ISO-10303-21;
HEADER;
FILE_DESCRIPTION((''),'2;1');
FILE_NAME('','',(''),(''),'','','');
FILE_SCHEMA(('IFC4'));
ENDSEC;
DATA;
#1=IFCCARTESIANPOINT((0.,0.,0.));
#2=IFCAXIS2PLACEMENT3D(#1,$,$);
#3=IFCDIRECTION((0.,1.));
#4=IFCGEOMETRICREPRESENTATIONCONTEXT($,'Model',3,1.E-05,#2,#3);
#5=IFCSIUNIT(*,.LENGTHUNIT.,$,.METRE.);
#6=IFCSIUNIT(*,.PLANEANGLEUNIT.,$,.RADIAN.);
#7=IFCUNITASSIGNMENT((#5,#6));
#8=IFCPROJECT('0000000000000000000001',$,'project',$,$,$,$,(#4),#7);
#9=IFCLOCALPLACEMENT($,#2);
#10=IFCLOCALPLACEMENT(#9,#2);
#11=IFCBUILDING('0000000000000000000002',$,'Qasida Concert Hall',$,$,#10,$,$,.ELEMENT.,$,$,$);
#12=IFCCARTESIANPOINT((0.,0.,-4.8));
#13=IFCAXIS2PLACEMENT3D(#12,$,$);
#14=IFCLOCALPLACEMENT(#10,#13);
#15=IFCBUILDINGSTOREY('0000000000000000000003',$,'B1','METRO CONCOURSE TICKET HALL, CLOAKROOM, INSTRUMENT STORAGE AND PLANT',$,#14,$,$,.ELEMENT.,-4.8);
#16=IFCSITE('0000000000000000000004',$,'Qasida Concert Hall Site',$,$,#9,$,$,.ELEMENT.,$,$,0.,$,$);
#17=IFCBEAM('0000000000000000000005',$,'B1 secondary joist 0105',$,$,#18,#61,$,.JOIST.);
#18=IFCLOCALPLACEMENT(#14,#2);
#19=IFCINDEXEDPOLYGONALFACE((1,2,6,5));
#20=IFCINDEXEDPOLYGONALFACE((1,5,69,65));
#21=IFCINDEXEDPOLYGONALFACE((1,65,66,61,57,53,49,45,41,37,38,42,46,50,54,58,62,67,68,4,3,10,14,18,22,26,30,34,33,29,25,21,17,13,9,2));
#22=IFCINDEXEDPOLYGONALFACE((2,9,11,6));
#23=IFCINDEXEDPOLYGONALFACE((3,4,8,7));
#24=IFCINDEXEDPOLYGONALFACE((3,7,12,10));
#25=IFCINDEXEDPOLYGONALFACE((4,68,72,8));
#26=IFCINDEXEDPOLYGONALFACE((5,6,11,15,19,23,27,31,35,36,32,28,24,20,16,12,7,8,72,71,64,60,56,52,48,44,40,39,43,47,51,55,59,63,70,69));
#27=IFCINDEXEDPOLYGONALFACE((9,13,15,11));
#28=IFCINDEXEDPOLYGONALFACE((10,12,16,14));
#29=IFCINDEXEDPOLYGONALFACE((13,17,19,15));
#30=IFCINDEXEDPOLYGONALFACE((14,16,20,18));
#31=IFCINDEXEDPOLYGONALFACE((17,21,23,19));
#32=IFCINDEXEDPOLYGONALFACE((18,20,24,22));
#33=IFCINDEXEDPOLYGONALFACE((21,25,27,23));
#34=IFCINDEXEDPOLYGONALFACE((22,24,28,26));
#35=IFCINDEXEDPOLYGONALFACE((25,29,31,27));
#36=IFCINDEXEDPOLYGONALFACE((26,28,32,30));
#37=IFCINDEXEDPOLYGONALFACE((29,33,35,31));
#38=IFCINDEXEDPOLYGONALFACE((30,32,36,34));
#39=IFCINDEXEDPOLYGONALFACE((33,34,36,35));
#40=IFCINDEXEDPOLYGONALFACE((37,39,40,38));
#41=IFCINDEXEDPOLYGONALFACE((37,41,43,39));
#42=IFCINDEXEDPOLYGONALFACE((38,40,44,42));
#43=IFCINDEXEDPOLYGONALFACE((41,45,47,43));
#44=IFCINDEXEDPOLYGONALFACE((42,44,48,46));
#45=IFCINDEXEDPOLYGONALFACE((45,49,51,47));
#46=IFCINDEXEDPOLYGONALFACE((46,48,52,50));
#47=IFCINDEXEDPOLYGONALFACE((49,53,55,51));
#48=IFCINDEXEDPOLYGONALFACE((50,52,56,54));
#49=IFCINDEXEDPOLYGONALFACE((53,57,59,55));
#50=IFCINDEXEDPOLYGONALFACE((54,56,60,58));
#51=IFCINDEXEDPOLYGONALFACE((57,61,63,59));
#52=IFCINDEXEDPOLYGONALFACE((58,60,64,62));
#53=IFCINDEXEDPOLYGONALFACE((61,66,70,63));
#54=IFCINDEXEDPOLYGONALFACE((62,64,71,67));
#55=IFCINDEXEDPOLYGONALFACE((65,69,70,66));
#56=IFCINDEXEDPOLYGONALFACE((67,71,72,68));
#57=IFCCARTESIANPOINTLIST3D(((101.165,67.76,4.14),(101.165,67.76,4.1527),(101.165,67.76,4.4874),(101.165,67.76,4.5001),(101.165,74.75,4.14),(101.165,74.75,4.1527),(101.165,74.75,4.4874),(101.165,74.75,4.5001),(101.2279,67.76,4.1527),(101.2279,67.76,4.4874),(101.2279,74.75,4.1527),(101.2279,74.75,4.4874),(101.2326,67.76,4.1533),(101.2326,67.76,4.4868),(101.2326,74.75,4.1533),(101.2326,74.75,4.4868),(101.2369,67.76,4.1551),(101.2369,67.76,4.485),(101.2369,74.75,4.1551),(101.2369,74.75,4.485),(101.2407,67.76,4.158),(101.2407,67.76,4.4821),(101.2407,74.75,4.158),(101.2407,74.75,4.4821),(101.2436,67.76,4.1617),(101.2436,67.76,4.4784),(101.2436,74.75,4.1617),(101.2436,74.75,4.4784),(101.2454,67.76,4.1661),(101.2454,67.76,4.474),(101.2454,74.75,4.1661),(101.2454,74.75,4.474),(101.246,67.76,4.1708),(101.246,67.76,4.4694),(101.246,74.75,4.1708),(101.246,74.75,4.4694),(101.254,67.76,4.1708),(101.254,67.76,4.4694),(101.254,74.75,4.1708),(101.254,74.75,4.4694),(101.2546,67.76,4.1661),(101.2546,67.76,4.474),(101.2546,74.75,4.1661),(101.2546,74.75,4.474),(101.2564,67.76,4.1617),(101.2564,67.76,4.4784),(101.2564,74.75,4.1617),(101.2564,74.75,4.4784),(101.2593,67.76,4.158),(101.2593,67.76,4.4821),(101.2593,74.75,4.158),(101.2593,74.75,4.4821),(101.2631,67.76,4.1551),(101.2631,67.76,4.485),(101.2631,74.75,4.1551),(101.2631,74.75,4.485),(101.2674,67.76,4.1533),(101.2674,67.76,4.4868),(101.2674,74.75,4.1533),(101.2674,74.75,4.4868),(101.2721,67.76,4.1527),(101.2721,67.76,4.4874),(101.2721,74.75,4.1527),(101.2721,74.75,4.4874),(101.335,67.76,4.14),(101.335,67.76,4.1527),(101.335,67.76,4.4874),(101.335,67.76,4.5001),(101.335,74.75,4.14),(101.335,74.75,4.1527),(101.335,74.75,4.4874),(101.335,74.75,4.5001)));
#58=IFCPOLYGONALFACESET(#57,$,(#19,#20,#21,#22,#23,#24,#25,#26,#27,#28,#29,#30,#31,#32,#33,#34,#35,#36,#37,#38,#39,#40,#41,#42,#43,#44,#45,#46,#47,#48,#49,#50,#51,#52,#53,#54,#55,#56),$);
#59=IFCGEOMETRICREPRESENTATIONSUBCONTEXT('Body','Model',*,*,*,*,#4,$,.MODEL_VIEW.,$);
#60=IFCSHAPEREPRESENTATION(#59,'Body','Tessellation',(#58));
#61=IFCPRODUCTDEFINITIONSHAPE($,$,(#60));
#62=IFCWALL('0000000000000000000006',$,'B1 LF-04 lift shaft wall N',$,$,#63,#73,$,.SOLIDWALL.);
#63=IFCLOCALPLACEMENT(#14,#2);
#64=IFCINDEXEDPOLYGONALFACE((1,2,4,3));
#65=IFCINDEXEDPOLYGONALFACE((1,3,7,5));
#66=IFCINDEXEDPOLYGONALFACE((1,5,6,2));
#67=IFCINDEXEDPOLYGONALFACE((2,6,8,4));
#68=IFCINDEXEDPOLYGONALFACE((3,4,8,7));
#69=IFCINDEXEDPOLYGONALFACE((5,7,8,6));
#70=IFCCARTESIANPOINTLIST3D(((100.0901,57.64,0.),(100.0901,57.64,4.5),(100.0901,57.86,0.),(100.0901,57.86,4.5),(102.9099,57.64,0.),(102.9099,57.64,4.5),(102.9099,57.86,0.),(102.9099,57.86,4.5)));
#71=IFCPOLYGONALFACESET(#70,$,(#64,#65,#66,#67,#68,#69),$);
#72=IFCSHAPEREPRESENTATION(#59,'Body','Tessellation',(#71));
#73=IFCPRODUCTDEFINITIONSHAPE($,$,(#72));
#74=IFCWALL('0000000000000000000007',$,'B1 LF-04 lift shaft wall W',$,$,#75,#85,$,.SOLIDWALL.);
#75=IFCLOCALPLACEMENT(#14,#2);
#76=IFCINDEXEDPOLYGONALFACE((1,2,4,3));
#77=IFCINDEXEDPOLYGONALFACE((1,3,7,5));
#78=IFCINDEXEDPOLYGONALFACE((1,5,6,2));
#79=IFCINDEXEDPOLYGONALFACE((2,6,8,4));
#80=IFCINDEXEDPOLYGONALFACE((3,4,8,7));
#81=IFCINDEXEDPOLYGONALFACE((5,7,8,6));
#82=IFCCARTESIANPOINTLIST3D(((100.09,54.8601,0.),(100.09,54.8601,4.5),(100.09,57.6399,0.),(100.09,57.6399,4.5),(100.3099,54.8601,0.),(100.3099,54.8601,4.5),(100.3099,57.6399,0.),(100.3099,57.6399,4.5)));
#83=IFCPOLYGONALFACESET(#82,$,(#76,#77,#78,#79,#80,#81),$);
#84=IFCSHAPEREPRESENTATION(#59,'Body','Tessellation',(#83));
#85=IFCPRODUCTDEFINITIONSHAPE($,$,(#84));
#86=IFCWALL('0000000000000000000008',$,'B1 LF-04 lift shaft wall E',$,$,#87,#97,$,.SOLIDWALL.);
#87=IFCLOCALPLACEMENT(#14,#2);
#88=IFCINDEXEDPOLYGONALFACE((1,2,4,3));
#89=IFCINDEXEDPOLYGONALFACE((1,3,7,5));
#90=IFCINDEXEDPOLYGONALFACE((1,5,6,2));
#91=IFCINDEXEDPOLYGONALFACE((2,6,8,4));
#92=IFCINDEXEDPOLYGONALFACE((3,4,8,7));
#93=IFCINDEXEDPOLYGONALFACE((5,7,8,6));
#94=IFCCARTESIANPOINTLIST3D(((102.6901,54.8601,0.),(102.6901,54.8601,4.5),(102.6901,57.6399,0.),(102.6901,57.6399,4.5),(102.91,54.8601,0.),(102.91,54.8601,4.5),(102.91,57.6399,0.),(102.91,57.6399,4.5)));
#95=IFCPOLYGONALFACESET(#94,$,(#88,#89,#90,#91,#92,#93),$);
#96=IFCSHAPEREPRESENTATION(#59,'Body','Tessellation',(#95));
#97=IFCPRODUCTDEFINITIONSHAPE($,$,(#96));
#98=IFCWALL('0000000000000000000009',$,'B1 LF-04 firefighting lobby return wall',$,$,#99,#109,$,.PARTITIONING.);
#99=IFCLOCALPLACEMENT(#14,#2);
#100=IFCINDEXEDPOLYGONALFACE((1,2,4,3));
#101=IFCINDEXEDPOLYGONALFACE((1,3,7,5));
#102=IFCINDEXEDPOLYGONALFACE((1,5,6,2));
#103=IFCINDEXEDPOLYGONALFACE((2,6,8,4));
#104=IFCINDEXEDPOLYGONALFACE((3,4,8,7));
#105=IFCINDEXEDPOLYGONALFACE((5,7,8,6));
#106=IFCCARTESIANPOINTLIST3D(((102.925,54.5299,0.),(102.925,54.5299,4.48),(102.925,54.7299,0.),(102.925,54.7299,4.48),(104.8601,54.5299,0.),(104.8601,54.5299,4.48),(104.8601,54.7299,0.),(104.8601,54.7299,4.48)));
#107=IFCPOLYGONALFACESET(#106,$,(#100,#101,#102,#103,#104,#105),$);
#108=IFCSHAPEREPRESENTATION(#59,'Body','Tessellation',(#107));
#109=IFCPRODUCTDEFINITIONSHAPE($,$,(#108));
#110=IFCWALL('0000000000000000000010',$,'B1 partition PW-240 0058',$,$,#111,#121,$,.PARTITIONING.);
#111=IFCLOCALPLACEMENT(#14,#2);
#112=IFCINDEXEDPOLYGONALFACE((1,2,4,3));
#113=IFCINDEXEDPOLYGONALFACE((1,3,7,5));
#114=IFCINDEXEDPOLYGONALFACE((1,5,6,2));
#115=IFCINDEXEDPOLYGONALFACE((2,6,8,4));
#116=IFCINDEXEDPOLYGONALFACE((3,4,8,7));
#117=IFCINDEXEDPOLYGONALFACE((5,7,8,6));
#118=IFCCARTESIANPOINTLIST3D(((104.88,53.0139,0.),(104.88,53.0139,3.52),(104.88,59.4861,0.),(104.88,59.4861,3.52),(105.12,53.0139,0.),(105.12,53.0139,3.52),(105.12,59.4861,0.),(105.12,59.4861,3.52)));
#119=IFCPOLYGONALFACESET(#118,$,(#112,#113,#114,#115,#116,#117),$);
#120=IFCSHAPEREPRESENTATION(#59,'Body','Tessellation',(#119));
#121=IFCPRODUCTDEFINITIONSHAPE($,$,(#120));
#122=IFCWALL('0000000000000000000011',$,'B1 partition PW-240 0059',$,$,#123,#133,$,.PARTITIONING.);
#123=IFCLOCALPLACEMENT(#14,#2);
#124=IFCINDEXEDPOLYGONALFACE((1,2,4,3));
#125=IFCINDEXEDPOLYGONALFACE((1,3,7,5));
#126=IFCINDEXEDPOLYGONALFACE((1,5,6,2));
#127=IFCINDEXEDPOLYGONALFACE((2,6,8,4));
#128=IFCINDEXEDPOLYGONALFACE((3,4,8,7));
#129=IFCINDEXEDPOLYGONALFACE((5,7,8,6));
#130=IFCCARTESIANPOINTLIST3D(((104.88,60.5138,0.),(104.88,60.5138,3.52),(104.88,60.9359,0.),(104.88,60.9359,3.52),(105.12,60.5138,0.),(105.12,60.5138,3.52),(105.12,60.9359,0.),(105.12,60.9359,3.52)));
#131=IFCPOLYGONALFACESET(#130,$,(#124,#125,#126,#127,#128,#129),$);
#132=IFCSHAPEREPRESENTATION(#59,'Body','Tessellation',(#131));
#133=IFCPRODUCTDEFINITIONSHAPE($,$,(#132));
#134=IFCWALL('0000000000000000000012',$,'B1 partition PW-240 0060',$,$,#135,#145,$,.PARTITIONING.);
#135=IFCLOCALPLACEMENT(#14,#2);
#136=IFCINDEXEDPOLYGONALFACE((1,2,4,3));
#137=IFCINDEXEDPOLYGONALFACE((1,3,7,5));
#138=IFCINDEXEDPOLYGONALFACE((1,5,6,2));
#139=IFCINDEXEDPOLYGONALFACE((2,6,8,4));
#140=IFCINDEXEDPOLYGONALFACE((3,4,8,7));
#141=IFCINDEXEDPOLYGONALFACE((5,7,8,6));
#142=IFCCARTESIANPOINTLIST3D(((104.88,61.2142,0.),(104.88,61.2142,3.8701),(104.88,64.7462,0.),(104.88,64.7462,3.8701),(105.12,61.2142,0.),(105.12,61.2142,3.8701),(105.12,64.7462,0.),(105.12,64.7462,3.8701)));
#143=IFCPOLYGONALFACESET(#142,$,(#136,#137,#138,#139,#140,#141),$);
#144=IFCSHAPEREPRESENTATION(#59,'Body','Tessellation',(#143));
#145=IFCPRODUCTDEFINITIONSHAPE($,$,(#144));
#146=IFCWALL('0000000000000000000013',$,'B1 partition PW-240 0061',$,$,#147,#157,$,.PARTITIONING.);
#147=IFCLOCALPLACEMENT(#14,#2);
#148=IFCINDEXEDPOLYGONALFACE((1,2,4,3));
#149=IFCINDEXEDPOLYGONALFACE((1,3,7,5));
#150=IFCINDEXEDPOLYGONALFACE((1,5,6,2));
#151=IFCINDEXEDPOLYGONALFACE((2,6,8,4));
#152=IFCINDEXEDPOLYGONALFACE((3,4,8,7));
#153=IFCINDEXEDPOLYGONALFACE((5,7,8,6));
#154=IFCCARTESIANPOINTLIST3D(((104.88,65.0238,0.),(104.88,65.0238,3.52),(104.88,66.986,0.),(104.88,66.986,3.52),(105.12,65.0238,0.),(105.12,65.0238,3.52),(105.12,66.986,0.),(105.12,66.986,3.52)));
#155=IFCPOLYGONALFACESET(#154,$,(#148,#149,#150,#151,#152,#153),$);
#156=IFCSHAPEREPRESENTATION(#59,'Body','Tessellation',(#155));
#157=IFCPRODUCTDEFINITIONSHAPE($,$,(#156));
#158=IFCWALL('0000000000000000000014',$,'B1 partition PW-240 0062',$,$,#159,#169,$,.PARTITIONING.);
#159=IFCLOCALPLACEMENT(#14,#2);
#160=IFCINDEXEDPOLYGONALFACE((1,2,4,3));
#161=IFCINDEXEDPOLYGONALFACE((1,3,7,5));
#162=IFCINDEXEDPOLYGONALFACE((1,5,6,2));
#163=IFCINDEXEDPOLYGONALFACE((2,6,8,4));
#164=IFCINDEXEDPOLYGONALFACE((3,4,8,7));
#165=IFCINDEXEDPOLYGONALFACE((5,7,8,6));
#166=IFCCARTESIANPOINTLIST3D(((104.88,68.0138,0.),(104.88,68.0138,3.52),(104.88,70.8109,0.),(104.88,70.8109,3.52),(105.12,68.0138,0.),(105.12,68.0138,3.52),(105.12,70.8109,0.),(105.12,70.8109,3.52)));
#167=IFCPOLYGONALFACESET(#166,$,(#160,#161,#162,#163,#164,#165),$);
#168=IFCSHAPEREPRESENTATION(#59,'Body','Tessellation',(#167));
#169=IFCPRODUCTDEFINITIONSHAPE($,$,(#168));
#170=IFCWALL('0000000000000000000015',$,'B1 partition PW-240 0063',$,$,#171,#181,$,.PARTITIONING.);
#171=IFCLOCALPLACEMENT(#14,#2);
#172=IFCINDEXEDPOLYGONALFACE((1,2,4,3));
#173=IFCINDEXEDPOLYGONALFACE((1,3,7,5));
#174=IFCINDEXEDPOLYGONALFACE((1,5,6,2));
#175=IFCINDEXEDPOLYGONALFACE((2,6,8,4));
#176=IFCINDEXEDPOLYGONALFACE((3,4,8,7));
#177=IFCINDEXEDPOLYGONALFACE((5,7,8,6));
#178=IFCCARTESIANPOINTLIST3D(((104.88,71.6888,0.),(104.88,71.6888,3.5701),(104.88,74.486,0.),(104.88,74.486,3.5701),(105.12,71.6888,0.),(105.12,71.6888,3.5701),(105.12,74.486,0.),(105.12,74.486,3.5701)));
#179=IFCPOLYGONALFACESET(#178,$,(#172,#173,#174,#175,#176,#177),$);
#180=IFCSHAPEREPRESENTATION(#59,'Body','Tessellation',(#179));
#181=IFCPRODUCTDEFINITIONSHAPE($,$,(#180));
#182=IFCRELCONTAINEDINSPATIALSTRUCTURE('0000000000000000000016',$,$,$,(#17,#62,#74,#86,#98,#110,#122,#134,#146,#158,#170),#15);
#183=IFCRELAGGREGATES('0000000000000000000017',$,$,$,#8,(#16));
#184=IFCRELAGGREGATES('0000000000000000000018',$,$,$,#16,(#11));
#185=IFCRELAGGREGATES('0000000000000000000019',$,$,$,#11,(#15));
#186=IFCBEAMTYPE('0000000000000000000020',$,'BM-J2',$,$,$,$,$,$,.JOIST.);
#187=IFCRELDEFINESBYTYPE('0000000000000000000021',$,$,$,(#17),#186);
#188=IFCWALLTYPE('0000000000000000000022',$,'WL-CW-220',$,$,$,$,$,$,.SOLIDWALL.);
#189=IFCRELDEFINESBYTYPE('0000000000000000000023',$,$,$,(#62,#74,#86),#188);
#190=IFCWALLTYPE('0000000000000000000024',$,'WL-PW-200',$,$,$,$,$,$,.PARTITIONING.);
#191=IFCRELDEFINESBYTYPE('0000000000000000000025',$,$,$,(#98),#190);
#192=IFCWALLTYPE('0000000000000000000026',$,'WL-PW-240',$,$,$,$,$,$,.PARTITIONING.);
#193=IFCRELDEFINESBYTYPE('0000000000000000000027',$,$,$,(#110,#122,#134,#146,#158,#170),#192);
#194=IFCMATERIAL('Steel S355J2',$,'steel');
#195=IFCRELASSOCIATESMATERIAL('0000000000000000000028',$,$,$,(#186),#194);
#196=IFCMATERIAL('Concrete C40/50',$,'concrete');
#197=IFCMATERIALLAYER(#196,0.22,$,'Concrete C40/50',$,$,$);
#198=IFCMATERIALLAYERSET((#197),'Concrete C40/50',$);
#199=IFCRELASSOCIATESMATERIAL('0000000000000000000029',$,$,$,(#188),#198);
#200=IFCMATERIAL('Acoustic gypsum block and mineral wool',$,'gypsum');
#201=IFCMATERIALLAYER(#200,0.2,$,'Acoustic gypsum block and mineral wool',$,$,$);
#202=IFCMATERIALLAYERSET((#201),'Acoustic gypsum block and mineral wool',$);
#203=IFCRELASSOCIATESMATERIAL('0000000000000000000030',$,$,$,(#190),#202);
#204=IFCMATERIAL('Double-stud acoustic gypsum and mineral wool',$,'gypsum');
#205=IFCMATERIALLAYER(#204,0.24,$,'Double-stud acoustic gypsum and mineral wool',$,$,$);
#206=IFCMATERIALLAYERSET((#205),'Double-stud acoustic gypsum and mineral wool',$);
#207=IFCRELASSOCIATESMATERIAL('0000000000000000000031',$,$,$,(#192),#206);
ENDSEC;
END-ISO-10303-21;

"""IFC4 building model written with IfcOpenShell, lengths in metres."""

from ifc_helpers import new_model, si_unit, direction, frame, frame_2d, origin, origin_2d, place, context, subcontext, project, spatial, rectangle, i_section, extrude, material, layer, layer_set, material_profile, profile_set, type_object, element, save


model = new_model("IFC4")

# Units and contexts
model_context = context("Model", 3, precision=1e-05, world=origin(), true_north=direction((0.0, 1.0)))
body_context = subcontext(model_context, "Body", "Model", "MODEL_VIEW")
ifc_project = project(units=[si_unit("LENGTHUNIT", "METRE"), si_unit("PLANEANGLEUNIT", "RADIAN")], contexts=[model_context])

# Site, building, storey
site_placement = place(None, origin())
site = spatial("IfcSite", under=ifc_project, at=site_placement, Name="Qasida Concert Hall Site", CompositionType="ELEMENT", RefElevation=0.0)
building_placement = place(site_placement, origin())
building = spatial("IfcBuilding", under=site, at=building_placement, Name="Qasida Concert Hall", CompositionType="ELEMENT")
storey_placement = place(building_placement, frame((0.0, 0.0, -4.8)))
storey = spatial("IfcBuildingStorey", under=building, at=storey_placement, Name="B1", Description="METRO CONCOURSE TICKET HALL, CLOAKROOM, INSTRUMENT STORAGE AND PLANT", CompositionType="ELEMENT", Elevation=-4.8)

# Shared definitions
ifc_material_1 = material(Name="Concrete C40/50", Category="concrete")

# Beam
ifc_material_2 = material(Name="Steel S355J2", Category="steel")
ifc_material_profile_1 = material_profile(ifc_material_2, i_section(OverallWidth=0.1699, OverallDepth=0.3601, WebThickness=0.0081, FlangeThickness=0.0127, FilletRadius=0.0181, at=origin_2d()), Name="IPE 360")
ifc_profile_set_1 = profile_set([ifc_material_profile_1], Name="Steel S355J2")
beam_type_1 = type_object("IfcBeamType", Name="BM-J2", PredefinedType="JOIST", material=ifc_profile_set_1)
beam_1_placement = place(storey_placement, frame((101.25, 67.76, 4.3201), z_axis=(0.0, 1.0, 0.0), x_axis=(-1.0, 0.0, 0.0)))
element("IfcBeam", 1, at=beam_1_placement, inside=storey, type_object=beam_type_1, Name="B1 secondary joist 0105", PredefinedType="JOIST", context=body_context, shape_type="SweptSolid", body=[
    extrude(i_section(OverallWidth=0.1699, OverallDepth=0.3601, WebThickness=0.0081, FlangeThickness=0.0127, FilletRadius=0.0181, at=origin_2d()), origin(), (0.0, 0.0, 1.0), 6.99),
])

# Shared definitions
ifc_layer_1 = layer(ifc_material_1, 0.22, Name="Concrete C40/50")
ifc_layer_set_1 = layer_set([ifc_layer_1], Name="Concrete C40/50")
wall_type_1 = type_object("IfcWallType", Name="WL-CW-220", PredefinedType="SOLIDWALL", material=ifc_layer_set_1)

# Walls
wall_1_placement = place(storey_placement, frame((100.0901, 57.75, 0.0), z_axis=(0.0, 0.0, 1.0), x_axis=(1.0, 0.0, 0.0)))
element("IfcWall", 2, at=wall_1_placement, inside=storey, type_object=wall_type_1, Name="B1 LF-04 lift shaft wall N", PredefinedType="SOLIDWALL", context=body_context, shape_type="SweptSolid", body=[
    extrude(rectangle(XDim=2.8198, YDim=0.22, at=frame_2d((1.4099, 0.0))), origin(), (0.0, 0.0, 1.0), 4.5),
])
for number, where, z_axis, x_axis, name in (
    (3, (100.2, 54.8601, 0.0), (0.0, 0.0, 1.0), (0.0, 1.0, 0.0), "B1 LF-04 lift shaft wall W"),
    (4, (102.8, 54.8601, 0.0), (0.0, 0.0, 1.0), (0.0, 1.0, 0.0), "B1 LF-04 lift shaft wall E"),
):
    element("IfcWall", number, at=place(storey_placement, frame(where, z_axis=z_axis, x_axis=x_axis)), inside=storey, type_object=wall_type_1, Name=name, PredefinedType="SOLIDWALL", context=body_context, shape_type="SweptSolid", body=[
        extrude(rectangle(XDim=2.7798, YDim=0.22, at=frame_2d((1.3899, 0.0))), origin(), (0.0, 0.0, 1.0), 4.5),
    ])
ifc_material_3 = material(Name="Acoustic gypsum block and mineral wool", Category="gypsum")
ifc_layer_2 = layer(ifc_material_3, 0.2, Name="Acoustic gypsum block and mineral wool")
ifc_layer_set_2 = layer_set([ifc_layer_2], Name="Acoustic gypsum block and mineral wool")
wall_type_2 = type_object("IfcWallType", Name="WL-PW-200", PredefinedType="PARTITIONING", material=ifc_layer_set_2)
wall_2_placement = place(storey_placement, frame((102.925, 54.6299, 0.0), z_axis=(0.0, 0.0, 1.0), x_axis=(1.0, 0.0, 0.0)))
element("IfcWall", 5, at=wall_2_placement, inside=storey, type_object=wall_type_2, Name="B1 LF-04 firefighting lobby return wall", PredefinedType="PARTITIONING", context=body_context, shape_type="SweptSolid", body=[
    extrude(rectangle(XDim=1.9351, YDim=0.2, at=frame_2d((0.9675, 0.0))), origin(), (0.0, 0.0, 1.0), 4.48),
])
ifc_material_4 = material(Name="Double-stud acoustic gypsum and mineral wool", Category="gypsum")
ifc_layer_3 = layer(ifc_material_4, 0.24, Name="Double-stud acoustic gypsum and mineral wool")
ifc_layer_set_3 = layer_set([ifc_layer_3], Name="Double-stud acoustic gypsum and mineral wool")
wall_type_3 = type_object("IfcWallType", Name="WL-PW-240", PredefinedType="PARTITIONING", material=ifc_layer_set_3)
wall_3_placement = place(storey_placement, frame((105.0, 53.0139, 0.0), z_axis=(0.0, 0.0, 1.0), x_axis=(0.0, 1.0, 0.0)))
element("IfcWall", 6, at=wall_3_placement, inside=storey, type_object=wall_type_3, Name="B1 partition PW-240 0058", PredefinedType="PARTITIONING", context=body_context, shape_type="SweptSolid", body=[
    extrude(rectangle(XDim=6.4722, YDim=0.24, at=frame_2d((3.2361, 0.0))), origin(), (0.0, 0.0, 1.0), 3.52),
])
wall_4_placement = place(storey_placement, frame((105.0, 60.5139, 0.0), z_axis=(0.0, 0.0, 1.0), x_axis=(0.0, 1.0, 0.0)))
element("IfcWall", 7, at=wall_4_placement, inside=storey, type_object=wall_type_3, Name="B1 partition PW-240 0059", PredefinedType="PARTITIONING", context=body_context, shape_type="SweptSolid", body=[
    extrude(rectangle(XDim=0.4221, YDim=0.24, at=frame_2d((0.2109, 0.0))), origin(), (0.0, 0.0, 1.0), 3.52),
])
wall_5_placement = place(storey_placement, frame((105.0, 61.2141, 0.0), z_axis=(0.0, 0.0, 1.0), x_axis=(0.0, 1.0, 0.0)))
element("IfcWall", 8, at=wall_5_placement, inside=storey, type_object=wall_type_3, Name="B1 partition PW-240 0060", PredefinedType="PARTITIONING", context=body_context, shape_type="SweptSolid", body=[
    extrude(rectangle(XDim=3.532, YDim=0.24, at=frame_2d((1.7661, 0.0))), origin(), (0.0, 0.0, 1.0), 3.8701),
])
wall_6_placement = place(storey_placement, frame((105.0, 65.0239, 0.0), z_axis=(0.0, 0.0, 1.0), x_axis=(0.0, 1.0, 0.0)))
element("IfcWall", 9, at=wall_6_placement, inside=storey, type_object=wall_type_3, Name="B1 partition PW-240 0061", PredefinedType="PARTITIONING", context=body_context, shape_type="SweptSolid", body=[
    extrude(rectangle(XDim=1.9622, YDim=0.24, at=frame_2d((0.981, 0.0))), origin(), (0.0, 0.0, 1.0), 3.52),
])
wall_7_placement = place(storey_placement, frame((105.0, 68.0139, 0.0), z_axis=(0.0, 0.0, 1.0), x_axis=(0.0, 1.0, 0.0)))
element("IfcWall", 10, at=wall_7_placement, inside=storey, type_object=wall_type_3, Name="B1 partition PW-240 0062", PredefinedType="PARTITIONING", context=body_context, shape_type="SweptSolid", body=[
    extrude(rectangle(XDim=2.7971, YDim=0.24, at=frame_2d((1.3984, 0.0))), origin(), (0.0, 0.0, 1.0), 3.52),
])
wall_8_placement = place(storey_placement, frame((105.0, 71.689, 0.0), z_axis=(0.0, 0.0, 1.0), x_axis=(0.0, 1.0, 0.0)))
element("IfcWall", 11, at=wall_8_placement, inside=storey, type_object=wall_type_3, Name="B1 partition PW-240 0063", PredefinedType="PARTITIONING", context=body_context, shape_type="SweptSolid", body=[
    extrude(rectangle(XDim=2.7971, YDim=0.24, at=frame_2d((1.3984, 0.0))), origin(), (0.0, 0.0, 1.0), 3.5701),
])

save(model, "model.ifc")
